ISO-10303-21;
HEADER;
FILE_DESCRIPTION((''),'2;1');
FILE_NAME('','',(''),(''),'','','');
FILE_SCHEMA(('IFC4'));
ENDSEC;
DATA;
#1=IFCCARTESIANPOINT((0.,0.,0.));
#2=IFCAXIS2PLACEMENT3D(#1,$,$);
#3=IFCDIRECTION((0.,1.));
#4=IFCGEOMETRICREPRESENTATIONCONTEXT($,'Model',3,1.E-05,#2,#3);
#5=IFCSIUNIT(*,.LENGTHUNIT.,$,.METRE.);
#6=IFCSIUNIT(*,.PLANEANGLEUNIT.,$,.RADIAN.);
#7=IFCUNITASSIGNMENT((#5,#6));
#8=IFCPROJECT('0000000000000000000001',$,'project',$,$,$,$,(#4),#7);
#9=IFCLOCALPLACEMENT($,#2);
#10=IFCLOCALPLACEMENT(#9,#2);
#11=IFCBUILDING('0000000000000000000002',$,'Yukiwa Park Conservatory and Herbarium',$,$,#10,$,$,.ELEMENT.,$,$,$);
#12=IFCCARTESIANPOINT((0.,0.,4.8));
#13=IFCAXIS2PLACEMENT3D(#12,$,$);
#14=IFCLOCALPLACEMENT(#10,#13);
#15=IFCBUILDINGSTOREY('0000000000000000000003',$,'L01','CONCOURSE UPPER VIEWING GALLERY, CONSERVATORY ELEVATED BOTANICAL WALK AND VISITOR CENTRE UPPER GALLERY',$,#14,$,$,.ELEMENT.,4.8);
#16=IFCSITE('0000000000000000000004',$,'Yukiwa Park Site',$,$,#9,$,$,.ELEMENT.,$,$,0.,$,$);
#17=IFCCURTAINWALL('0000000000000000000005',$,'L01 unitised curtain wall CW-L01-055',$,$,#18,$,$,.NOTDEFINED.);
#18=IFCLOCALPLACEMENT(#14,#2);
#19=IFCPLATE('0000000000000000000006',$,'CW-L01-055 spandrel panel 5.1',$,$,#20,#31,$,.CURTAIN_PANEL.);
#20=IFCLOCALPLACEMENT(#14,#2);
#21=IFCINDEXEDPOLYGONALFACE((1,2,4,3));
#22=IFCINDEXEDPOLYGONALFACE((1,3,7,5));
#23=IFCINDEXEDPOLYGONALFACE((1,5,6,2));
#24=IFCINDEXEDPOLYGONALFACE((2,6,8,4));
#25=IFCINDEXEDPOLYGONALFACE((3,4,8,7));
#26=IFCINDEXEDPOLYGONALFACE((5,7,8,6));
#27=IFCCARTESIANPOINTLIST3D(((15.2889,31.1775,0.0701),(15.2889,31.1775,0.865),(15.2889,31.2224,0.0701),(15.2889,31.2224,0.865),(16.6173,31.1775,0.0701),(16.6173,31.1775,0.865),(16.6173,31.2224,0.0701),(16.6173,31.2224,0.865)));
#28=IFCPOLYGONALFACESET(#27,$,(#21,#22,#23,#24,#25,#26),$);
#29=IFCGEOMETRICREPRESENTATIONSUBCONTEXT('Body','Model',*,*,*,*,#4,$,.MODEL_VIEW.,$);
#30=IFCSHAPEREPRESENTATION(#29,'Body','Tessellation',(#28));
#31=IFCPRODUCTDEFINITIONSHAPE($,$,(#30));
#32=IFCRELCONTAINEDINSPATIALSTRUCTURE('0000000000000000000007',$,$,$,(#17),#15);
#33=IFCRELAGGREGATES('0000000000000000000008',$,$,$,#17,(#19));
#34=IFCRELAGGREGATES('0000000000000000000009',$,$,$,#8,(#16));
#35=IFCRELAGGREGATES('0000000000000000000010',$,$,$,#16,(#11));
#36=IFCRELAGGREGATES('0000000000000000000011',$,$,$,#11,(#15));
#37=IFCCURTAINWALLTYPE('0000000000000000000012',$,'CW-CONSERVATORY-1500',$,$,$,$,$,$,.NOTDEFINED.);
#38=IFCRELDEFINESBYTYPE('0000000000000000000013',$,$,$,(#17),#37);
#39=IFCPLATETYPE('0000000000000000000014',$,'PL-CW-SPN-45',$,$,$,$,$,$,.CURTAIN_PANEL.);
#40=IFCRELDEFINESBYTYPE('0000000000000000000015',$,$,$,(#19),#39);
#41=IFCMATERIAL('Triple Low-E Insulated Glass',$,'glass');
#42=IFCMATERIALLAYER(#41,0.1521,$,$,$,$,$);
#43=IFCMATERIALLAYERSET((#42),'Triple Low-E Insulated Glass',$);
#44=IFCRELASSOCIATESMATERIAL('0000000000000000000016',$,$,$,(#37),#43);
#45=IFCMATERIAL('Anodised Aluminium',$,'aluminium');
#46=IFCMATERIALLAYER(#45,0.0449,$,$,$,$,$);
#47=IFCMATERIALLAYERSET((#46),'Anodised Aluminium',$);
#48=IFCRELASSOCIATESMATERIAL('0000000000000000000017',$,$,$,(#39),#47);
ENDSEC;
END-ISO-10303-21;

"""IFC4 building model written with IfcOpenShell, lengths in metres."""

from ifc_helpers import new_model, si_unit, direction, frame, origin, origin_2d, place, context, subcontext, project, spatial, rectangle, extrude, material, layer, layer_set, type_object, element, aggregate, save


model = new_model("IFC4")

# Units and contexts
model_context = context("Model", 3, precision=1e-05, world=origin(), true_north=direction((0.0, 1.0)))
body_context = subcontext(model_context, "Body", "Model", "MODEL_VIEW")
ifc_project = project(units=[si_unit("LENGTHUNIT", "METRE"), si_unit("PLANEANGLEUNIT", "RADIAN")], contexts=[model_context])

# Site, building, storey
site_placement = place(None, origin())
site = spatial("IfcSite", under=ifc_project, at=site_placement, Name="Yukiwa Park Site", CompositionType="ELEMENT", RefElevation=0.0)
building_placement = place(site_placement, origin())
building = spatial("IfcBuilding", under=site, at=building_placement, Name="Yukiwa Park Conservatory and Herbarium", CompositionType="ELEMENT")
storey_placement = place(building_placement, frame((0.0, 0.0, 4.8)))
storey = spatial("IfcBuildingStorey", under=building, at=storey_placement, Name="L01", Description="CONCOURSE UPPER VIEWING GALLERY, CONSERVATORY ELEVATED BOTANICAL WALK AND VISITOR CENTRE UPPER GALLERY", CompositionType="ELEMENT", Elevation=4.8)

# Curtain wall, plate
ifc_material_1 = material(Name="Triple Low-E Insulated Glass", Category="glass")
ifc_layer_1 = layer(ifc_material_1, 0.1521)
ifc_layer_set_1 = layer_set([ifc_layer_1], Name="Triple Low-E Insulated Glass")
curtain_wall_type = type_object("IfcCurtainWallType", Name="CW-CONSERVATORY-1500", PredefinedType="NOTDEFINED", material=ifc_layer_set_1)
curtain_wall_placement = place(storey_placement, origin())
curtain_wall = element("IfcCurtainWall", 1, at=curtain_wall_placement, inside=storey, type_object=curtain_wall_type, Name="L01 unitised curtain wall CW-L01-055", PredefinedType="NOTDEFINED")
ifc_material_2 = material(Name="Anodised Aluminium", Category="aluminium")
ifc_layer_2 = layer(ifc_material_2, 0.0449)
ifc_layer_set_2 = layer_set([ifc_layer_2], Name="Anodised Aluminium")
plate_type_1 = type_object("IfcPlateType", Name="PL-CW-SPN-45", PredefinedType="CURTAIN_PANEL", material=ifc_layer_set_2)
plate_1_placement = place(storey_placement, frame((15.9531, 31.2, 0.0701), z_axis=(0.0, 0.0, 1.0), x_axis=(-1.0, 0.0, 0.0)))
plate_1 = element("IfcPlate", 2, at=plate_1_placement, type_object=plate_type_1, Name="CW-L01-055 spandrel panel 5.1", PredefinedType="CURTAIN_PANEL", context=body_context, shape_type="SweptSolid", body=[
    extrude(rectangle(XDim=1.3284, YDim=0.0449, at=origin_2d()), origin(), (0.0, 0.0, 1.0), 0.7949),
])
aggregate(curtain_wall, [plate_1])

save(model, "model.ifc")
